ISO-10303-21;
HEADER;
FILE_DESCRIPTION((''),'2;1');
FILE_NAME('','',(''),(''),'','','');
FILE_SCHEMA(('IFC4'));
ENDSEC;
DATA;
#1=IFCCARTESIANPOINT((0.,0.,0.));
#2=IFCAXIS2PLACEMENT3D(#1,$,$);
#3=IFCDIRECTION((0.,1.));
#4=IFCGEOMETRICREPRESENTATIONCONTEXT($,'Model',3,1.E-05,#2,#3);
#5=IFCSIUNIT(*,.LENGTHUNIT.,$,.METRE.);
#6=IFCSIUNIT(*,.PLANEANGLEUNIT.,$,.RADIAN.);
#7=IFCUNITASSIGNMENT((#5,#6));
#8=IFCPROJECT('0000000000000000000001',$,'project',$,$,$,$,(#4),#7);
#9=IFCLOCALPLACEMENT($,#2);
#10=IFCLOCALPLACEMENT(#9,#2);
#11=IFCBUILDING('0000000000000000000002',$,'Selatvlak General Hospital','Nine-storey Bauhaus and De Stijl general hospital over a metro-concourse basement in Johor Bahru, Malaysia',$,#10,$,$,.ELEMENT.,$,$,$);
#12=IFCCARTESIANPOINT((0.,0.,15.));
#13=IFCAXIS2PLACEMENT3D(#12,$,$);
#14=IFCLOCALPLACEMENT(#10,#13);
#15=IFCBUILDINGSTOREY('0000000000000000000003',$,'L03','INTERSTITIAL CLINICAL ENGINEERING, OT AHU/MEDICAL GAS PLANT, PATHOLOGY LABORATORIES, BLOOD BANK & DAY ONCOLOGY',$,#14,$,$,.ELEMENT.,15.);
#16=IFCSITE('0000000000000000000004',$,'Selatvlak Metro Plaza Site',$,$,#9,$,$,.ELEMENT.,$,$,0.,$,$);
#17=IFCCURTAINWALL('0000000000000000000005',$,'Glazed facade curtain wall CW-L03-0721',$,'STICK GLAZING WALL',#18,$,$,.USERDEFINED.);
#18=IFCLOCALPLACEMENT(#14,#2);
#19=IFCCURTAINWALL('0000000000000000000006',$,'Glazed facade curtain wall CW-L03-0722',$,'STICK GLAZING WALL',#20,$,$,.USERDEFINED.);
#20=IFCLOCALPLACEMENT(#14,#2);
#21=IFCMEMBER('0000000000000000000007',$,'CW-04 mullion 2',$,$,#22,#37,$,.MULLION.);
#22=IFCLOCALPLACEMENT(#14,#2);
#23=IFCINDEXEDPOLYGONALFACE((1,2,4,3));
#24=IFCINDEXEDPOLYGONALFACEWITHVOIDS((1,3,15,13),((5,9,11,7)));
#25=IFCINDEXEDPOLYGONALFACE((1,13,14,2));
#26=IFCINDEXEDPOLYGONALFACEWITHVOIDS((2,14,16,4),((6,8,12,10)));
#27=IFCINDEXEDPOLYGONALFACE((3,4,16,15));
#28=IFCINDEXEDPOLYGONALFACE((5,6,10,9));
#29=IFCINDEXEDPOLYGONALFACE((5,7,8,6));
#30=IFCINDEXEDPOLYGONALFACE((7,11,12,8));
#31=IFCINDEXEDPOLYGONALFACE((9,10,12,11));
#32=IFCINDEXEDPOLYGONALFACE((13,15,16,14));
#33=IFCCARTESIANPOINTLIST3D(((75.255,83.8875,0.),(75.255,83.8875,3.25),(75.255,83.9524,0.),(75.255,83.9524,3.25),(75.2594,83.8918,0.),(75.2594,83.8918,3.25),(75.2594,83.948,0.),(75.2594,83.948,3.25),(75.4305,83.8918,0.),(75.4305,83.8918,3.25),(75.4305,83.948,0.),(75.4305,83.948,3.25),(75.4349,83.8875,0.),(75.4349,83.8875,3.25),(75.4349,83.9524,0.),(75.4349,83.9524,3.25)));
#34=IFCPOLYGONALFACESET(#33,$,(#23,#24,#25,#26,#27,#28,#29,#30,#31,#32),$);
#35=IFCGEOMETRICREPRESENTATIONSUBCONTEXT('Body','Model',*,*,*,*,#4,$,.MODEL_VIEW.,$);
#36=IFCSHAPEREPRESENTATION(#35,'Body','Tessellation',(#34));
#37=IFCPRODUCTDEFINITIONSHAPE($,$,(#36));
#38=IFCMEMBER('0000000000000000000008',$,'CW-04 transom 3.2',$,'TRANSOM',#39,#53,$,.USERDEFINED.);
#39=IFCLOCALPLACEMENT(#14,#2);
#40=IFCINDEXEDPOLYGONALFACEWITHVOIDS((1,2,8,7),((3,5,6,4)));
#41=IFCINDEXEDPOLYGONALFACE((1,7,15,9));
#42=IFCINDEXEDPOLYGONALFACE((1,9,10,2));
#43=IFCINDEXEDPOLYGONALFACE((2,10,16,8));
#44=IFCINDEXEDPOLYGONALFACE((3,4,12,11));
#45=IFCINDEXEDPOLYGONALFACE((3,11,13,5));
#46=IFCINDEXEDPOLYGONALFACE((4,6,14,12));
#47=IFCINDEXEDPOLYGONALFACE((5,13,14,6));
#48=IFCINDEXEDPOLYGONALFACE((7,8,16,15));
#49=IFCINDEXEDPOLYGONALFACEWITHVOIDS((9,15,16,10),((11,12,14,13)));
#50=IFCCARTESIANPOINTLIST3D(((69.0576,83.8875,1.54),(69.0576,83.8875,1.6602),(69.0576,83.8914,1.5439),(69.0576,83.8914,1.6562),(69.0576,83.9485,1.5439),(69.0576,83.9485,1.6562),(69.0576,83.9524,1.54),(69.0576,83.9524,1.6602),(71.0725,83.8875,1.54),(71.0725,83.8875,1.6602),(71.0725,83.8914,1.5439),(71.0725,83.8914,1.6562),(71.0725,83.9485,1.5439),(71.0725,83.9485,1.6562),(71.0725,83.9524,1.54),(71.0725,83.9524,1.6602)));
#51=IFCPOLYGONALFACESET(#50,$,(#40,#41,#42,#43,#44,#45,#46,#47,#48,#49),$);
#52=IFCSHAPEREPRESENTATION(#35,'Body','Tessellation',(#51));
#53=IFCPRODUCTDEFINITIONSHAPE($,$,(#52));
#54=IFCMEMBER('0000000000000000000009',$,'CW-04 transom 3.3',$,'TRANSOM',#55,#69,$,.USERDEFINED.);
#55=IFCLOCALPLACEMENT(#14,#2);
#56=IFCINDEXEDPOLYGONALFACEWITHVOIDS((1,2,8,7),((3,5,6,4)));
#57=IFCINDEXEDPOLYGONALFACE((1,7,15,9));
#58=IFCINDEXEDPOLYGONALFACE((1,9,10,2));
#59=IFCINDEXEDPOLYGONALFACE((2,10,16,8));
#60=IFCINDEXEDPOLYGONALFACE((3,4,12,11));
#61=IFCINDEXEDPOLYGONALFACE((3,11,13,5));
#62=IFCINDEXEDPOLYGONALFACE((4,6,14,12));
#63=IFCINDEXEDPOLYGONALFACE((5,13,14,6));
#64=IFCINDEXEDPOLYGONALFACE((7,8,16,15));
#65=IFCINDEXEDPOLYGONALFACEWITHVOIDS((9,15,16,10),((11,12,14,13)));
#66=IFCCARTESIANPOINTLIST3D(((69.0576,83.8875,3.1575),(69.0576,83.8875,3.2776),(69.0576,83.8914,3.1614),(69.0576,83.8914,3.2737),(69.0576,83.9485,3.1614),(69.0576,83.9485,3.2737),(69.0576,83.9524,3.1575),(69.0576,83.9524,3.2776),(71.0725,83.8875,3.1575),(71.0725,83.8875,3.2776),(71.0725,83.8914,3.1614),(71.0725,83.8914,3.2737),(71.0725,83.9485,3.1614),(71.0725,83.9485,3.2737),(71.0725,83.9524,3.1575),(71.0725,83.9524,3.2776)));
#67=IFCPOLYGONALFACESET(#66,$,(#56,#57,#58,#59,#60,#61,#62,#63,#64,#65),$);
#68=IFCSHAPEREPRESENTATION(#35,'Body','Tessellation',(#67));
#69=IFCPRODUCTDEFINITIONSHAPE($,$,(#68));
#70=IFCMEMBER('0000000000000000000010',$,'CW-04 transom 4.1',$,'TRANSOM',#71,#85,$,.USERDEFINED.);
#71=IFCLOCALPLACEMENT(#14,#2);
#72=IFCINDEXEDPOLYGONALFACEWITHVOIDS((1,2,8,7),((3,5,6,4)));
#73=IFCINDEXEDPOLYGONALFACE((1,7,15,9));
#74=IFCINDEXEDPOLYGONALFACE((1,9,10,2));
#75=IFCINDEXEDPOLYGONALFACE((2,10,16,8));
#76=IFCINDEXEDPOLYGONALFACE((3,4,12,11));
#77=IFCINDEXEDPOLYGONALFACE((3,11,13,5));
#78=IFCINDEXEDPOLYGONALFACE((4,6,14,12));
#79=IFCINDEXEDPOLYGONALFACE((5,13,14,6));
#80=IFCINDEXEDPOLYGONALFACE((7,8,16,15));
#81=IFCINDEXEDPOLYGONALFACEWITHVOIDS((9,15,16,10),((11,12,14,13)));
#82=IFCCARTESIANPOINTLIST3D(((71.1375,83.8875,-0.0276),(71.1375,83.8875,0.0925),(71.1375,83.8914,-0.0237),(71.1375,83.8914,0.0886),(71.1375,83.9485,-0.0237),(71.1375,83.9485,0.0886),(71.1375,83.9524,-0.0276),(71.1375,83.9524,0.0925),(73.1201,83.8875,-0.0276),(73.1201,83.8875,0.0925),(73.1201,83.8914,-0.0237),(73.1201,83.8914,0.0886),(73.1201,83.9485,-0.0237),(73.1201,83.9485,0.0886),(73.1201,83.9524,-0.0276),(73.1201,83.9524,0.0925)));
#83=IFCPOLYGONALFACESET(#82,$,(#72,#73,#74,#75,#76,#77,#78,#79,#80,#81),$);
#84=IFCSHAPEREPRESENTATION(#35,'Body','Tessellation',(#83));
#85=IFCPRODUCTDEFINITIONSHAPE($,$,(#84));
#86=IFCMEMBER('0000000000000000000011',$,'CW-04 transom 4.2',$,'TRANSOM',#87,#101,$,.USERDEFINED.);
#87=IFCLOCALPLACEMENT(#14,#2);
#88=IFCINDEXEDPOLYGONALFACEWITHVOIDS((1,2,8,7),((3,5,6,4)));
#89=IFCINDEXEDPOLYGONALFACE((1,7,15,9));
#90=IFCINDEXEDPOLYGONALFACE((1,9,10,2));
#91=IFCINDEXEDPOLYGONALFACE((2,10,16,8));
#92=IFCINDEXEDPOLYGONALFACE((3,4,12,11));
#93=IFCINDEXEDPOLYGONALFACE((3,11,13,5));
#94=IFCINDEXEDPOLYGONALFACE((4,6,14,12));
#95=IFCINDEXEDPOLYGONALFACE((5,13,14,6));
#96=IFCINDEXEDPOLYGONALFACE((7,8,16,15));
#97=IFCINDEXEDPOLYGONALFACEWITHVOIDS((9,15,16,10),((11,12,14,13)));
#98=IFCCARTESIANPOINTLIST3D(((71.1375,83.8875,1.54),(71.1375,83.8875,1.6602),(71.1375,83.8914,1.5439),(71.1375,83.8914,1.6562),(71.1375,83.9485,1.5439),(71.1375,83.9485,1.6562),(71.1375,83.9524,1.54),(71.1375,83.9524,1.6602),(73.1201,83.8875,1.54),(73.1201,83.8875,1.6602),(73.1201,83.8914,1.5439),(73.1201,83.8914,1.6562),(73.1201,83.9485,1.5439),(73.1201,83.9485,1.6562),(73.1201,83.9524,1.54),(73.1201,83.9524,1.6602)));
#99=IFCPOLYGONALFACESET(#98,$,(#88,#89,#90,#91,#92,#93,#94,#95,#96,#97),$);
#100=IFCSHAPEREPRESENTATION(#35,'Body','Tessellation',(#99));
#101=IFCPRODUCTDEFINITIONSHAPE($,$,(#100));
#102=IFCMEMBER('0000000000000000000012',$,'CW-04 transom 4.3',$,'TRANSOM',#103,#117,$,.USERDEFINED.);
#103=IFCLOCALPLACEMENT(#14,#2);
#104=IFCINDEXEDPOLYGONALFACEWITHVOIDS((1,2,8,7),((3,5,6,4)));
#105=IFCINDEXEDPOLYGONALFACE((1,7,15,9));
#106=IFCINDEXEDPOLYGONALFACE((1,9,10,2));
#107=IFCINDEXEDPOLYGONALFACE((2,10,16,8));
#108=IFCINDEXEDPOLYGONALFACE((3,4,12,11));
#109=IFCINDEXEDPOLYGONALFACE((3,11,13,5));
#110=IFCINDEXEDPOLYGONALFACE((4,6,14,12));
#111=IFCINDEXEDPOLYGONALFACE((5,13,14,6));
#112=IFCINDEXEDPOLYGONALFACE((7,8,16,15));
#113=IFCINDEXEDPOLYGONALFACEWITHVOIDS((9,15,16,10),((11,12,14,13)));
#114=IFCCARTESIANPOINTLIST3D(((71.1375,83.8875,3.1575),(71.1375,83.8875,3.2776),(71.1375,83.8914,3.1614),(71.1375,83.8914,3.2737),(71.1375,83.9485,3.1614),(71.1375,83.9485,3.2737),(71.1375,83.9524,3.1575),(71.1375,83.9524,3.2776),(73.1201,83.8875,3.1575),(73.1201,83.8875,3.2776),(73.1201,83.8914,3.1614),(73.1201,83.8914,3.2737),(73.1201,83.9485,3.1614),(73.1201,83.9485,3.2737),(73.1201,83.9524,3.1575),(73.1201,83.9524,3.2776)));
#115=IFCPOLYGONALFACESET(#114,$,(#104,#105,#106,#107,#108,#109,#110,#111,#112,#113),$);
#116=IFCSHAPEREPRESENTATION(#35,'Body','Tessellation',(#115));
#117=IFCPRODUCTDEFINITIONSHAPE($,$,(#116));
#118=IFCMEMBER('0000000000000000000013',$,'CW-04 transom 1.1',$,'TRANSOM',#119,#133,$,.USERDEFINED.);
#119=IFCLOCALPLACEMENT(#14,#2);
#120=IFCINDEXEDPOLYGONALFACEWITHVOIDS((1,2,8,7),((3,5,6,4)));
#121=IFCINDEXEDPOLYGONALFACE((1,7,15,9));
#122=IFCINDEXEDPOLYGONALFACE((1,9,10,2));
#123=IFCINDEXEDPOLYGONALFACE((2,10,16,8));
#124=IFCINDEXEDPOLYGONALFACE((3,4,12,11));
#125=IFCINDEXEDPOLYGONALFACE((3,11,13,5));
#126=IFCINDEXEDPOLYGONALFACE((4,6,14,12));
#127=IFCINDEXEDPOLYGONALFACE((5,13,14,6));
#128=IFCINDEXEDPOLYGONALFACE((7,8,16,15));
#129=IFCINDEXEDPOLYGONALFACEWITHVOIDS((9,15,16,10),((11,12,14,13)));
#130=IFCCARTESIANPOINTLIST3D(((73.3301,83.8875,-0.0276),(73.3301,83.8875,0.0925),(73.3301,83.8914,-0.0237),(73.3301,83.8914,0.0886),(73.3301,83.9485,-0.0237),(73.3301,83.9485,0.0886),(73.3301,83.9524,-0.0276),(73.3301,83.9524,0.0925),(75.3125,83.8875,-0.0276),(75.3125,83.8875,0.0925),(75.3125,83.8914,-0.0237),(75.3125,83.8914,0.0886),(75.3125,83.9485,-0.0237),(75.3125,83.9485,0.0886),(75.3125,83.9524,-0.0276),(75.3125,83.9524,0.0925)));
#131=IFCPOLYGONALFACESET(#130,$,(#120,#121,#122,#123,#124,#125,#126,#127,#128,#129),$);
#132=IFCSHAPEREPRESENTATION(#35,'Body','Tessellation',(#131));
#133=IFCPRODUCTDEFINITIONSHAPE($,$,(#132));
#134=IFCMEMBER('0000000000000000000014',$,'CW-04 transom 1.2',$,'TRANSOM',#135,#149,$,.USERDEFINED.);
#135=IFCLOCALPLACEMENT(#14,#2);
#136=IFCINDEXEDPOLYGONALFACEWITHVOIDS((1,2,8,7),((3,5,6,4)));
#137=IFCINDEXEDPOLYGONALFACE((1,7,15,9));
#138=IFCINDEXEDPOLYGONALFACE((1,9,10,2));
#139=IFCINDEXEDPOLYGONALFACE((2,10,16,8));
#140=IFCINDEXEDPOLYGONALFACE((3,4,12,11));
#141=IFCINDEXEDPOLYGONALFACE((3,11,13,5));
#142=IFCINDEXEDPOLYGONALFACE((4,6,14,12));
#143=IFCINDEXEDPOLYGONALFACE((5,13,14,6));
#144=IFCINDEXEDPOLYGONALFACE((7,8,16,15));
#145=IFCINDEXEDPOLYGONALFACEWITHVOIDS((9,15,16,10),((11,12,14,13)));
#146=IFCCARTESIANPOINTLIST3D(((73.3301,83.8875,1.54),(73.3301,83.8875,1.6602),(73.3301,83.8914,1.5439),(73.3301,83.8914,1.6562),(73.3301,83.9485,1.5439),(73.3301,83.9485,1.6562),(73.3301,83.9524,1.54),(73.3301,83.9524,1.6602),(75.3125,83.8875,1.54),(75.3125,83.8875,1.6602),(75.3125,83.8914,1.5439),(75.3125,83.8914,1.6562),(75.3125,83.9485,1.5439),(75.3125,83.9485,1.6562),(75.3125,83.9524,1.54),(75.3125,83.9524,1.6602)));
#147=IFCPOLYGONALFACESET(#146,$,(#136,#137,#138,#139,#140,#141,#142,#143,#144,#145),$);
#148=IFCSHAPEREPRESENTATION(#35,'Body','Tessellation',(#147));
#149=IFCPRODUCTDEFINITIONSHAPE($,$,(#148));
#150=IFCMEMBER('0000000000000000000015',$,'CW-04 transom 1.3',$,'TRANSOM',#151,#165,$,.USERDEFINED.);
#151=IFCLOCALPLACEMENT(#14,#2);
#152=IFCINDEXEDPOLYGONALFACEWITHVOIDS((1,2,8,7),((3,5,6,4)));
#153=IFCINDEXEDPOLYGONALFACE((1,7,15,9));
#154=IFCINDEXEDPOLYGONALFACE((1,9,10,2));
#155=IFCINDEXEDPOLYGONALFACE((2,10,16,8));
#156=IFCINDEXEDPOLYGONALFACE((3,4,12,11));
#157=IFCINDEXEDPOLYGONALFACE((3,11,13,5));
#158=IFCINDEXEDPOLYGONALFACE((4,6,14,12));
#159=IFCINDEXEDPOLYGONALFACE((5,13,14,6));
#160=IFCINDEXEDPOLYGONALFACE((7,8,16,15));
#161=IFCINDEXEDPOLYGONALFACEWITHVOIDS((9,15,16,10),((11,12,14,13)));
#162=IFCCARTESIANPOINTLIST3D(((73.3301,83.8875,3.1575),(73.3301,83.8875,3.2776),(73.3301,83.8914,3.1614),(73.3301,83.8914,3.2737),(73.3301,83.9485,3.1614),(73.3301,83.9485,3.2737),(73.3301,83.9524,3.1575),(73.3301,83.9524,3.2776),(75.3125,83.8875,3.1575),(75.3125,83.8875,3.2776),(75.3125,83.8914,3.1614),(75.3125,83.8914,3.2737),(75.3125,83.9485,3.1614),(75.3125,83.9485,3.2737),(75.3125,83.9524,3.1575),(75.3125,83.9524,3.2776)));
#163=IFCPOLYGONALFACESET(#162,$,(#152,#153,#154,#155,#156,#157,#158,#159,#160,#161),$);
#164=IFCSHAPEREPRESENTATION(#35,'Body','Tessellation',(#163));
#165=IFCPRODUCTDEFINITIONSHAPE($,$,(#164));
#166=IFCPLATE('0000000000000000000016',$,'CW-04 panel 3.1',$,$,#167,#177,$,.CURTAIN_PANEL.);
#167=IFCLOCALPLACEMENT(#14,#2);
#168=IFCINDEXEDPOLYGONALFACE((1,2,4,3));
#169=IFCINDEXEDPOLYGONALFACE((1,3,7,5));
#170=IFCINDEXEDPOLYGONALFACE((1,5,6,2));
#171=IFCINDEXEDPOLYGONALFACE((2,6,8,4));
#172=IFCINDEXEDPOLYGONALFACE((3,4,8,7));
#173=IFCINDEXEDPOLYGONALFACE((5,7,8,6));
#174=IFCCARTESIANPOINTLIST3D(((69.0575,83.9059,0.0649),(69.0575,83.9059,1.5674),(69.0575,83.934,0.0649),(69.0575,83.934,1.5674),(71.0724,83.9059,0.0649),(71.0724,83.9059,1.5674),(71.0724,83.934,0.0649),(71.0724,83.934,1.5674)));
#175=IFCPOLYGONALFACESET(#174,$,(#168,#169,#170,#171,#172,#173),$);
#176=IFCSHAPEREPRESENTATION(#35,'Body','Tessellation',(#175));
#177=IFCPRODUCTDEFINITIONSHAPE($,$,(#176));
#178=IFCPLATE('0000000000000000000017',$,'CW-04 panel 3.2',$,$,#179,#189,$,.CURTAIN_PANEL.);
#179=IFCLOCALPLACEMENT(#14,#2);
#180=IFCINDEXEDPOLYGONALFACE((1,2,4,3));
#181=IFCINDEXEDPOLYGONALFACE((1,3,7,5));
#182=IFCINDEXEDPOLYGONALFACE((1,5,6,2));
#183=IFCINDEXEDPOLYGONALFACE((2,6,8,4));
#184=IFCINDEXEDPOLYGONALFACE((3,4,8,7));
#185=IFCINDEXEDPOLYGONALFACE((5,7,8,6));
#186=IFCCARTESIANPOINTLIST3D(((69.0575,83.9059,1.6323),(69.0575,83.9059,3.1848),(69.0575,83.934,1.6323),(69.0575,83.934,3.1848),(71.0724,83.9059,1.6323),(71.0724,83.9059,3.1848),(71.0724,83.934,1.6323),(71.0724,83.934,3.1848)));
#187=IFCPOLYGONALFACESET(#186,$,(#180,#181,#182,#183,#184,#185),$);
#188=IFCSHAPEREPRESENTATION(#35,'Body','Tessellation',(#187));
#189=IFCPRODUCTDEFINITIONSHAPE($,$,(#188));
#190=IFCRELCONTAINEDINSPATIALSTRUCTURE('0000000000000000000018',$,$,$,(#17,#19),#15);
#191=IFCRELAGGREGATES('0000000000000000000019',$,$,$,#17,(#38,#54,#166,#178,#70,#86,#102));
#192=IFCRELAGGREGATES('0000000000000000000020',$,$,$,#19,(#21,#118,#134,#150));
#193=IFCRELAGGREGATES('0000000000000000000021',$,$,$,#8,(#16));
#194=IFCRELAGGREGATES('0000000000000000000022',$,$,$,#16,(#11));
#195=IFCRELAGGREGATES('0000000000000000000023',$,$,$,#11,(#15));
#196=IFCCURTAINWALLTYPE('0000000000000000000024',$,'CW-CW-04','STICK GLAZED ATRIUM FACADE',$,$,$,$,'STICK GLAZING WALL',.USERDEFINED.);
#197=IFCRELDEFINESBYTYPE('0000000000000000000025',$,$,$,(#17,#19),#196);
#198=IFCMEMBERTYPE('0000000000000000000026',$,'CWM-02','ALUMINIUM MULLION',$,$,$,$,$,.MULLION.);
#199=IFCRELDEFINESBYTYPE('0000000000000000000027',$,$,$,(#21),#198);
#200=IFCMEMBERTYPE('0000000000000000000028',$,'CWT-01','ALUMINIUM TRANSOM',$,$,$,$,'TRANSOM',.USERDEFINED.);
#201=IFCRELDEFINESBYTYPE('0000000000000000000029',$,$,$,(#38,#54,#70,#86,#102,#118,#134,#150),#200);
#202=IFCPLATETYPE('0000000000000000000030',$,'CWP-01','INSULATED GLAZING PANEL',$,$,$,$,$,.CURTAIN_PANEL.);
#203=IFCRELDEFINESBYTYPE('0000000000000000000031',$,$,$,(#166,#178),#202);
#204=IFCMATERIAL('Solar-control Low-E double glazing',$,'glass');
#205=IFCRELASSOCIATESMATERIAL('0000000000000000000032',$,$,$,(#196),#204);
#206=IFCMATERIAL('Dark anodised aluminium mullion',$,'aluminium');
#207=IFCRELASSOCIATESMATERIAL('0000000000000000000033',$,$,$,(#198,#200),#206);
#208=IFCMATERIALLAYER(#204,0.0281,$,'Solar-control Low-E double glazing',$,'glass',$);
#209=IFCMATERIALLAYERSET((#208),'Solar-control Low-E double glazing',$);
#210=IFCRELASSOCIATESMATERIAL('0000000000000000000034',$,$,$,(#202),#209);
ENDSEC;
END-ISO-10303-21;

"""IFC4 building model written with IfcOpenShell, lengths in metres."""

from ifc_helpers import new_model, si_unit, direction, frame, origin, origin_2d, place, context, subcontext, project, spatial, rectangle, hollow_rectangle, extrude, material, layer, layer_set, material_profile, profile_set, type_object, element, aggregate, save


model = new_model("IFC4")

# Units and contexts
model_context = context("Model", 3, precision=1e-05, world=origin(), true_north=direction((0.0, 1.0)))
body_context = subcontext(model_context, "Body", "Model", "MODEL_VIEW")
ifc_project = project(units=[si_unit("LENGTHUNIT", "METRE"), si_unit("PLANEANGLEUNIT", "RADIAN")], contexts=[model_context])

# Site, building, storey
site_placement = place(None, origin())
site = spatial("IfcSite", under=ifc_project, at=site_placement, Name="Selatvlak Metro Plaza Site", CompositionType="ELEMENT", RefElevation=0.0)
building_placement = place(site_placement, origin())
building = spatial("IfcBuilding", under=site, at=building_placement, Name="Selatvlak General Hospital", Description="Nine-storey Bauhaus and De Stijl general hospital over a metro-concourse basement in Johor Bahru, Malaysia", CompositionType="ELEMENT")
storey_placement = place(building_placement, frame((0.0, 0.0, 15.0)))
storey = spatial("IfcBuildingStorey", under=building, at=storey_placement, Name="L03", Description="INTERSTITIAL CLINICAL ENGINEERING, OT AHU/MEDICAL GAS PLANT, PATHOLOGY LABORATORIES, BLOOD BANK & DAY ONCOLOGY", CompositionType="ELEMENT", Elevation=15.0)

# Curtain walls, member
ifc_material_1 = material(Name="Solar-control Low-E double glazing", Category="glass")
curtain_wall_type = type_object("IfcCurtainWallType", Name="CW-CW-04", Description="STICK GLAZED ATRIUM FACADE", ElementType="STICK GLAZING WALL", PredefinedType="USERDEFINED", material=ifc_material_1)
curtain_wall_1_placement = place(storey_placement, origin())
curtain_wall_1 = element("IfcCurtainWall", 1, at=curtain_wall_1_placement, inside=storey, type_object=curtain_wall_type, Name="Glazed facade curtain wall CW-L03-0721", ObjectType="STICK GLAZING WALL", PredefinedType="USERDEFINED")
ifc_material_2 = material(Name="Dark anodised aluminium mullion", Category="aluminium")
ifc_material_profile_1 = material_profile(ifc_material_2, hollow_rectangle(XDim=0.0649, YDim=0.1799, WallThickness=0.0044, at=origin_2d()), Name="AL-MUL 65x180x4.5")
ifc_profile_set_1 = profile_set([ifc_material_profile_1], Name="Dark anodised aluminium mullion")
member_type_1 = type_object("IfcMemberType", Name="CWM-02", Description="ALUMINIUM MULLION", PredefinedType="MULLION", material=ifc_profile_set_1)
curtain_wall_2_placement = place(storey_placement, origin())
curtain_wall_2 = element("IfcCurtainWall", 2, at=curtain_wall_2_placement, inside=storey, type_object=curtain_wall_type, Name="Glazed facade curtain wall CW-L03-0722", ObjectType="STICK GLAZING WALL", PredefinedType="USERDEFINED")
member_1_placement = place(storey_placement, frame((75.345, 83.9199, 0.0), z_axis=(0.0, 0.0, 1.0), x_axis=(0.0, 1.0, 0.0)))
member_1 = element("IfcMember", 3, at=member_1_placement, type_object=member_type_1, Name="CW-04 mullion 2", PredefinedType="MULLION", context=body_context, shape_type="SweptSolid", body=[
    extrude(hollow_rectangle(XDim=0.0649, YDim=0.1799, WallThickness=0.0044, at=origin_2d()), origin(), (0.0, 0.0, 1.0), 3.25),
])

# Members
ifc_material_profile_2 = material_profile(ifc_material_2, hollow_rectangle(XDim=0.0649, YDim=0.1201, WallThickness=0.0039, at=origin_2d()), Name="AL-TRN 65x120x4")
ifc_profile_set_2 = profile_set([ifc_material_profile_2], Name="Dark anodised aluminium mullion")
member_type_2 = type_object("IfcMemberType", Name="CWT-01", Description="ALUMINIUM TRANSOM", ElementType="TRANSOM", PredefinedType="USERDEFINED", material=ifc_profile_set_2)
member_2_placement = place(storey_placement, frame((69.0576, 83.9199, 1.6001), z_axis=(1.0, 0.0, 0.0), x_axis=(0.0, 1.0, 0.0)))
member_2 = element("IfcMember", 4, at=member_2_placement, type_object=member_type_2, Name="CW-04 transom 3.2", ObjectType="TRANSOM", PredefinedType="USERDEFINED", context=body_context, shape_type="SweptSolid", body=[
    extrude(hollow_rectangle(XDim=0.0649, YDim=0.1201, WallThickness=0.0039, at=origin_2d()), origin(), (0.0, 0.0, 1.0), 2.0149),
])
member_3_placement = place(storey_placement, frame((69.0576, 83.9199, 3.2175), z_axis=(1.0, 0.0, 0.0), x_axis=(0.0, 1.0, 0.0)))
member_3 = element("IfcMember", 5, at=member_3_placement, type_object=member_type_2, Name="CW-04 transom 3.3", ObjectType="TRANSOM", PredefinedType="USERDEFINED", context=body_context, shape_type="SweptSolid", body=[
    extrude(hollow_rectangle(XDim=0.0649, YDim=0.1201, WallThickness=0.0039, at=origin_2d()), origin(), (0.0, 0.0, 1.0), 2.0149),
])
member_4_placement = place(storey_placement, frame((71.1375, 83.9199, 0.0325), z_axis=(1.0, 0.0, 0.0), x_axis=(0.0, 1.0, 0.0)))
member_4 = element("IfcMember", 6, at=member_4_placement, type_object=member_type_2, Name="CW-04 transom 4.1", ObjectType="TRANSOM", PredefinedType="USERDEFINED", context=body_context, shape_type="SweptSolid", body=[
    extrude(hollow_rectangle(XDim=0.0649, YDim=0.1201, WallThickness=0.0039, at=origin_2d()), origin(), (0.0, 0.0, 1.0), 1.9827),
])
member_5_placement = place(storey_placement, frame((71.1375, 83.9199, 1.6001), z_axis=(1.0, 0.0, 0.0), x_axis=(0.0, 1.0, 0.0)))
member_5 = element("IfcMember", 7, at=member_5_placement, type_object=member_type_2, Name="CW-04 transom 4.2", ObjectType="TRANSOM", PredefinedType="USERDEFINED", context=body_context, shape_type="SweptSolid", body=[
    extrude(hollow_rectangle(XDim=0.0649, YDim=0.1201, WallThickness=0.0039, at=origin_2d()), origin(), (0.0, 0.0, 1.0), 1.9827),
])
member_6_placement = place(storey_placement, frame((71.1375, 83.9199, 3.2175), z_axis=(1.0, 0.0, 0.0), x_axis=(0.0, 1.0, 0.0)))
member_6 = element("IfcMember", 8, at=member_6_placement, type_object=member_type_2, Name="CW-04 transom 4.3", ObjectType="TRANSOM", PredefinedType="USERDEFINED", context=body_context, shape_type="SweptSolid", body=[
    extrude(hollow_rectangle(XDim=0.0649, YDim=0.1201, WallThickness=0.0039, at=origin_2d()), origin(), (0.0, 0.0, 1.0), 1.9827),
])
member_7_placement = place(storey_placement, frame((73.3301, 83.9199, 0.0325), z_axis=(1.0, 0.0, 0.0), x_axis=(0.0, 1.0, 0.0)))
member_7 = element("IfcMember", 9, at=member_7_placement, type_object=member_type_2, Name="CW-04 transom 1.1", ObjectType="TRANSOM", PredefinedType="USERDEFINED", context=body_context, shape_type="SweptSolid", body=[
    extrude(hollow_rectangle(XDim=0.0649, YDim=0.1201, WallThickness=0.0039, at=origin_2d()), origin(), (0.0, 0.0, 1.0), 1.9824),
])
member_8_placement = place(storey_placement, frame((73.3301, 83.9199, 1.6001), z_axis=(1.0, 0.0, 0.0), x_axis=(0.0, 1.0, 0.0)))
member_8 = element("IfcMember", 10, at=member_8_placement, type_object=member_type_2, Name="CW-04 transom 1.2", ObjectType="TRANSOM", PredefinedType="USERDEFINED", context=body_context, shape_type="SweptSolid", body=[
    extrude(hollow_rectangle(XDim=0.0649, YDim=0.1201, WallThickness=0.0039, at=origin_2d()), origin(), (0.0, 0.0, 1.0), 1.9824),
])
member_9_placement = place(storey_placement, frame((73.3301, 83.9199, 3.2175), z_axis=(1.0, 0.0, 0.0), x_axis=(0.0, 1.0, 0.0)))
member_9 = element("IfcMember", 11, at=member_9_placement, type_object=member_type_2, Name="CW-04 transom 1.3", ObjectType="TRANSOM", PredefinedType="USERDEFINED", context=body_context, shape_type="SweptSolid", body=[
    extrude(hollow_rectangle(XDim=0.0649, YDim=0.1201, WallThickness=0.0039, at=origin_2d()), origin(), (0.0, 0.0, 1.0), 1.9824),
])

# Plates
ifc_layer_1 = layer(ifc_material_1, 0.0281, Name="Solar-control Low-E double glazing", Category="glass")
ifc_layer_set_1 = layer_set([ifc_layer_1], Name="Solar-control Low-E double glazing")
plate_type_1 = type_object("IfcPlateType", Name="CWP-01", Description="INSULATED GLAZING PANEL", PredefinedType="CURTAIN_PANEL", material=ifc_layer_set_1)
plate_1_placement = place(storey_placement, frame((70.0649, 83.9199, 0.0649), z_axis=(0.0, 0.0, 1.0), x_axis=(1.0, 0.0, 0.0)))
plate_1 = element("IfcPlate", 12, at=plate_1_placement, type_object=plate_type_1, Name="CW-04 panel 3.1", PredefinedType="CURTAIN_PANEL", context=body_context, shape_type="SweptSolid", body=[
    extrude(rectangle(XDim=2.0149, YDim=0.0281, at=origin_2d()), origin(), (0.0, 0.0, 1.0), 1.5024),
])
plate_2_placement = place(storey_placement, frame((70.0649, 83.9199, 1.6323), z_axis=(0.0, 0.0, 1.0), x_axis=(1.0, 0.0, 0.0)))
plate_2 = element("IfcPlate", 13, at=plate_2_placement, type_object=plate_type_1, Name="CW-04 panel 3.2", PredefinedType="CURTAIN_PANEL", context=body_context, shape_type="SweptSolid", body=[
    extrude(rectangle(XDim=2.0149, YDim=0.0281, at=origin_2d()), origin(), (0.0, 0.0, 1.0), 1.5525),
])
aggregate(curtain_wall_1, [member_2, member_3, plate_1, plate_2, member_4, member_5, member_6])
aggregate(curtain_wall_2, [member_1, member_7, member_8, member_9])

save(model, "model.ifc")
